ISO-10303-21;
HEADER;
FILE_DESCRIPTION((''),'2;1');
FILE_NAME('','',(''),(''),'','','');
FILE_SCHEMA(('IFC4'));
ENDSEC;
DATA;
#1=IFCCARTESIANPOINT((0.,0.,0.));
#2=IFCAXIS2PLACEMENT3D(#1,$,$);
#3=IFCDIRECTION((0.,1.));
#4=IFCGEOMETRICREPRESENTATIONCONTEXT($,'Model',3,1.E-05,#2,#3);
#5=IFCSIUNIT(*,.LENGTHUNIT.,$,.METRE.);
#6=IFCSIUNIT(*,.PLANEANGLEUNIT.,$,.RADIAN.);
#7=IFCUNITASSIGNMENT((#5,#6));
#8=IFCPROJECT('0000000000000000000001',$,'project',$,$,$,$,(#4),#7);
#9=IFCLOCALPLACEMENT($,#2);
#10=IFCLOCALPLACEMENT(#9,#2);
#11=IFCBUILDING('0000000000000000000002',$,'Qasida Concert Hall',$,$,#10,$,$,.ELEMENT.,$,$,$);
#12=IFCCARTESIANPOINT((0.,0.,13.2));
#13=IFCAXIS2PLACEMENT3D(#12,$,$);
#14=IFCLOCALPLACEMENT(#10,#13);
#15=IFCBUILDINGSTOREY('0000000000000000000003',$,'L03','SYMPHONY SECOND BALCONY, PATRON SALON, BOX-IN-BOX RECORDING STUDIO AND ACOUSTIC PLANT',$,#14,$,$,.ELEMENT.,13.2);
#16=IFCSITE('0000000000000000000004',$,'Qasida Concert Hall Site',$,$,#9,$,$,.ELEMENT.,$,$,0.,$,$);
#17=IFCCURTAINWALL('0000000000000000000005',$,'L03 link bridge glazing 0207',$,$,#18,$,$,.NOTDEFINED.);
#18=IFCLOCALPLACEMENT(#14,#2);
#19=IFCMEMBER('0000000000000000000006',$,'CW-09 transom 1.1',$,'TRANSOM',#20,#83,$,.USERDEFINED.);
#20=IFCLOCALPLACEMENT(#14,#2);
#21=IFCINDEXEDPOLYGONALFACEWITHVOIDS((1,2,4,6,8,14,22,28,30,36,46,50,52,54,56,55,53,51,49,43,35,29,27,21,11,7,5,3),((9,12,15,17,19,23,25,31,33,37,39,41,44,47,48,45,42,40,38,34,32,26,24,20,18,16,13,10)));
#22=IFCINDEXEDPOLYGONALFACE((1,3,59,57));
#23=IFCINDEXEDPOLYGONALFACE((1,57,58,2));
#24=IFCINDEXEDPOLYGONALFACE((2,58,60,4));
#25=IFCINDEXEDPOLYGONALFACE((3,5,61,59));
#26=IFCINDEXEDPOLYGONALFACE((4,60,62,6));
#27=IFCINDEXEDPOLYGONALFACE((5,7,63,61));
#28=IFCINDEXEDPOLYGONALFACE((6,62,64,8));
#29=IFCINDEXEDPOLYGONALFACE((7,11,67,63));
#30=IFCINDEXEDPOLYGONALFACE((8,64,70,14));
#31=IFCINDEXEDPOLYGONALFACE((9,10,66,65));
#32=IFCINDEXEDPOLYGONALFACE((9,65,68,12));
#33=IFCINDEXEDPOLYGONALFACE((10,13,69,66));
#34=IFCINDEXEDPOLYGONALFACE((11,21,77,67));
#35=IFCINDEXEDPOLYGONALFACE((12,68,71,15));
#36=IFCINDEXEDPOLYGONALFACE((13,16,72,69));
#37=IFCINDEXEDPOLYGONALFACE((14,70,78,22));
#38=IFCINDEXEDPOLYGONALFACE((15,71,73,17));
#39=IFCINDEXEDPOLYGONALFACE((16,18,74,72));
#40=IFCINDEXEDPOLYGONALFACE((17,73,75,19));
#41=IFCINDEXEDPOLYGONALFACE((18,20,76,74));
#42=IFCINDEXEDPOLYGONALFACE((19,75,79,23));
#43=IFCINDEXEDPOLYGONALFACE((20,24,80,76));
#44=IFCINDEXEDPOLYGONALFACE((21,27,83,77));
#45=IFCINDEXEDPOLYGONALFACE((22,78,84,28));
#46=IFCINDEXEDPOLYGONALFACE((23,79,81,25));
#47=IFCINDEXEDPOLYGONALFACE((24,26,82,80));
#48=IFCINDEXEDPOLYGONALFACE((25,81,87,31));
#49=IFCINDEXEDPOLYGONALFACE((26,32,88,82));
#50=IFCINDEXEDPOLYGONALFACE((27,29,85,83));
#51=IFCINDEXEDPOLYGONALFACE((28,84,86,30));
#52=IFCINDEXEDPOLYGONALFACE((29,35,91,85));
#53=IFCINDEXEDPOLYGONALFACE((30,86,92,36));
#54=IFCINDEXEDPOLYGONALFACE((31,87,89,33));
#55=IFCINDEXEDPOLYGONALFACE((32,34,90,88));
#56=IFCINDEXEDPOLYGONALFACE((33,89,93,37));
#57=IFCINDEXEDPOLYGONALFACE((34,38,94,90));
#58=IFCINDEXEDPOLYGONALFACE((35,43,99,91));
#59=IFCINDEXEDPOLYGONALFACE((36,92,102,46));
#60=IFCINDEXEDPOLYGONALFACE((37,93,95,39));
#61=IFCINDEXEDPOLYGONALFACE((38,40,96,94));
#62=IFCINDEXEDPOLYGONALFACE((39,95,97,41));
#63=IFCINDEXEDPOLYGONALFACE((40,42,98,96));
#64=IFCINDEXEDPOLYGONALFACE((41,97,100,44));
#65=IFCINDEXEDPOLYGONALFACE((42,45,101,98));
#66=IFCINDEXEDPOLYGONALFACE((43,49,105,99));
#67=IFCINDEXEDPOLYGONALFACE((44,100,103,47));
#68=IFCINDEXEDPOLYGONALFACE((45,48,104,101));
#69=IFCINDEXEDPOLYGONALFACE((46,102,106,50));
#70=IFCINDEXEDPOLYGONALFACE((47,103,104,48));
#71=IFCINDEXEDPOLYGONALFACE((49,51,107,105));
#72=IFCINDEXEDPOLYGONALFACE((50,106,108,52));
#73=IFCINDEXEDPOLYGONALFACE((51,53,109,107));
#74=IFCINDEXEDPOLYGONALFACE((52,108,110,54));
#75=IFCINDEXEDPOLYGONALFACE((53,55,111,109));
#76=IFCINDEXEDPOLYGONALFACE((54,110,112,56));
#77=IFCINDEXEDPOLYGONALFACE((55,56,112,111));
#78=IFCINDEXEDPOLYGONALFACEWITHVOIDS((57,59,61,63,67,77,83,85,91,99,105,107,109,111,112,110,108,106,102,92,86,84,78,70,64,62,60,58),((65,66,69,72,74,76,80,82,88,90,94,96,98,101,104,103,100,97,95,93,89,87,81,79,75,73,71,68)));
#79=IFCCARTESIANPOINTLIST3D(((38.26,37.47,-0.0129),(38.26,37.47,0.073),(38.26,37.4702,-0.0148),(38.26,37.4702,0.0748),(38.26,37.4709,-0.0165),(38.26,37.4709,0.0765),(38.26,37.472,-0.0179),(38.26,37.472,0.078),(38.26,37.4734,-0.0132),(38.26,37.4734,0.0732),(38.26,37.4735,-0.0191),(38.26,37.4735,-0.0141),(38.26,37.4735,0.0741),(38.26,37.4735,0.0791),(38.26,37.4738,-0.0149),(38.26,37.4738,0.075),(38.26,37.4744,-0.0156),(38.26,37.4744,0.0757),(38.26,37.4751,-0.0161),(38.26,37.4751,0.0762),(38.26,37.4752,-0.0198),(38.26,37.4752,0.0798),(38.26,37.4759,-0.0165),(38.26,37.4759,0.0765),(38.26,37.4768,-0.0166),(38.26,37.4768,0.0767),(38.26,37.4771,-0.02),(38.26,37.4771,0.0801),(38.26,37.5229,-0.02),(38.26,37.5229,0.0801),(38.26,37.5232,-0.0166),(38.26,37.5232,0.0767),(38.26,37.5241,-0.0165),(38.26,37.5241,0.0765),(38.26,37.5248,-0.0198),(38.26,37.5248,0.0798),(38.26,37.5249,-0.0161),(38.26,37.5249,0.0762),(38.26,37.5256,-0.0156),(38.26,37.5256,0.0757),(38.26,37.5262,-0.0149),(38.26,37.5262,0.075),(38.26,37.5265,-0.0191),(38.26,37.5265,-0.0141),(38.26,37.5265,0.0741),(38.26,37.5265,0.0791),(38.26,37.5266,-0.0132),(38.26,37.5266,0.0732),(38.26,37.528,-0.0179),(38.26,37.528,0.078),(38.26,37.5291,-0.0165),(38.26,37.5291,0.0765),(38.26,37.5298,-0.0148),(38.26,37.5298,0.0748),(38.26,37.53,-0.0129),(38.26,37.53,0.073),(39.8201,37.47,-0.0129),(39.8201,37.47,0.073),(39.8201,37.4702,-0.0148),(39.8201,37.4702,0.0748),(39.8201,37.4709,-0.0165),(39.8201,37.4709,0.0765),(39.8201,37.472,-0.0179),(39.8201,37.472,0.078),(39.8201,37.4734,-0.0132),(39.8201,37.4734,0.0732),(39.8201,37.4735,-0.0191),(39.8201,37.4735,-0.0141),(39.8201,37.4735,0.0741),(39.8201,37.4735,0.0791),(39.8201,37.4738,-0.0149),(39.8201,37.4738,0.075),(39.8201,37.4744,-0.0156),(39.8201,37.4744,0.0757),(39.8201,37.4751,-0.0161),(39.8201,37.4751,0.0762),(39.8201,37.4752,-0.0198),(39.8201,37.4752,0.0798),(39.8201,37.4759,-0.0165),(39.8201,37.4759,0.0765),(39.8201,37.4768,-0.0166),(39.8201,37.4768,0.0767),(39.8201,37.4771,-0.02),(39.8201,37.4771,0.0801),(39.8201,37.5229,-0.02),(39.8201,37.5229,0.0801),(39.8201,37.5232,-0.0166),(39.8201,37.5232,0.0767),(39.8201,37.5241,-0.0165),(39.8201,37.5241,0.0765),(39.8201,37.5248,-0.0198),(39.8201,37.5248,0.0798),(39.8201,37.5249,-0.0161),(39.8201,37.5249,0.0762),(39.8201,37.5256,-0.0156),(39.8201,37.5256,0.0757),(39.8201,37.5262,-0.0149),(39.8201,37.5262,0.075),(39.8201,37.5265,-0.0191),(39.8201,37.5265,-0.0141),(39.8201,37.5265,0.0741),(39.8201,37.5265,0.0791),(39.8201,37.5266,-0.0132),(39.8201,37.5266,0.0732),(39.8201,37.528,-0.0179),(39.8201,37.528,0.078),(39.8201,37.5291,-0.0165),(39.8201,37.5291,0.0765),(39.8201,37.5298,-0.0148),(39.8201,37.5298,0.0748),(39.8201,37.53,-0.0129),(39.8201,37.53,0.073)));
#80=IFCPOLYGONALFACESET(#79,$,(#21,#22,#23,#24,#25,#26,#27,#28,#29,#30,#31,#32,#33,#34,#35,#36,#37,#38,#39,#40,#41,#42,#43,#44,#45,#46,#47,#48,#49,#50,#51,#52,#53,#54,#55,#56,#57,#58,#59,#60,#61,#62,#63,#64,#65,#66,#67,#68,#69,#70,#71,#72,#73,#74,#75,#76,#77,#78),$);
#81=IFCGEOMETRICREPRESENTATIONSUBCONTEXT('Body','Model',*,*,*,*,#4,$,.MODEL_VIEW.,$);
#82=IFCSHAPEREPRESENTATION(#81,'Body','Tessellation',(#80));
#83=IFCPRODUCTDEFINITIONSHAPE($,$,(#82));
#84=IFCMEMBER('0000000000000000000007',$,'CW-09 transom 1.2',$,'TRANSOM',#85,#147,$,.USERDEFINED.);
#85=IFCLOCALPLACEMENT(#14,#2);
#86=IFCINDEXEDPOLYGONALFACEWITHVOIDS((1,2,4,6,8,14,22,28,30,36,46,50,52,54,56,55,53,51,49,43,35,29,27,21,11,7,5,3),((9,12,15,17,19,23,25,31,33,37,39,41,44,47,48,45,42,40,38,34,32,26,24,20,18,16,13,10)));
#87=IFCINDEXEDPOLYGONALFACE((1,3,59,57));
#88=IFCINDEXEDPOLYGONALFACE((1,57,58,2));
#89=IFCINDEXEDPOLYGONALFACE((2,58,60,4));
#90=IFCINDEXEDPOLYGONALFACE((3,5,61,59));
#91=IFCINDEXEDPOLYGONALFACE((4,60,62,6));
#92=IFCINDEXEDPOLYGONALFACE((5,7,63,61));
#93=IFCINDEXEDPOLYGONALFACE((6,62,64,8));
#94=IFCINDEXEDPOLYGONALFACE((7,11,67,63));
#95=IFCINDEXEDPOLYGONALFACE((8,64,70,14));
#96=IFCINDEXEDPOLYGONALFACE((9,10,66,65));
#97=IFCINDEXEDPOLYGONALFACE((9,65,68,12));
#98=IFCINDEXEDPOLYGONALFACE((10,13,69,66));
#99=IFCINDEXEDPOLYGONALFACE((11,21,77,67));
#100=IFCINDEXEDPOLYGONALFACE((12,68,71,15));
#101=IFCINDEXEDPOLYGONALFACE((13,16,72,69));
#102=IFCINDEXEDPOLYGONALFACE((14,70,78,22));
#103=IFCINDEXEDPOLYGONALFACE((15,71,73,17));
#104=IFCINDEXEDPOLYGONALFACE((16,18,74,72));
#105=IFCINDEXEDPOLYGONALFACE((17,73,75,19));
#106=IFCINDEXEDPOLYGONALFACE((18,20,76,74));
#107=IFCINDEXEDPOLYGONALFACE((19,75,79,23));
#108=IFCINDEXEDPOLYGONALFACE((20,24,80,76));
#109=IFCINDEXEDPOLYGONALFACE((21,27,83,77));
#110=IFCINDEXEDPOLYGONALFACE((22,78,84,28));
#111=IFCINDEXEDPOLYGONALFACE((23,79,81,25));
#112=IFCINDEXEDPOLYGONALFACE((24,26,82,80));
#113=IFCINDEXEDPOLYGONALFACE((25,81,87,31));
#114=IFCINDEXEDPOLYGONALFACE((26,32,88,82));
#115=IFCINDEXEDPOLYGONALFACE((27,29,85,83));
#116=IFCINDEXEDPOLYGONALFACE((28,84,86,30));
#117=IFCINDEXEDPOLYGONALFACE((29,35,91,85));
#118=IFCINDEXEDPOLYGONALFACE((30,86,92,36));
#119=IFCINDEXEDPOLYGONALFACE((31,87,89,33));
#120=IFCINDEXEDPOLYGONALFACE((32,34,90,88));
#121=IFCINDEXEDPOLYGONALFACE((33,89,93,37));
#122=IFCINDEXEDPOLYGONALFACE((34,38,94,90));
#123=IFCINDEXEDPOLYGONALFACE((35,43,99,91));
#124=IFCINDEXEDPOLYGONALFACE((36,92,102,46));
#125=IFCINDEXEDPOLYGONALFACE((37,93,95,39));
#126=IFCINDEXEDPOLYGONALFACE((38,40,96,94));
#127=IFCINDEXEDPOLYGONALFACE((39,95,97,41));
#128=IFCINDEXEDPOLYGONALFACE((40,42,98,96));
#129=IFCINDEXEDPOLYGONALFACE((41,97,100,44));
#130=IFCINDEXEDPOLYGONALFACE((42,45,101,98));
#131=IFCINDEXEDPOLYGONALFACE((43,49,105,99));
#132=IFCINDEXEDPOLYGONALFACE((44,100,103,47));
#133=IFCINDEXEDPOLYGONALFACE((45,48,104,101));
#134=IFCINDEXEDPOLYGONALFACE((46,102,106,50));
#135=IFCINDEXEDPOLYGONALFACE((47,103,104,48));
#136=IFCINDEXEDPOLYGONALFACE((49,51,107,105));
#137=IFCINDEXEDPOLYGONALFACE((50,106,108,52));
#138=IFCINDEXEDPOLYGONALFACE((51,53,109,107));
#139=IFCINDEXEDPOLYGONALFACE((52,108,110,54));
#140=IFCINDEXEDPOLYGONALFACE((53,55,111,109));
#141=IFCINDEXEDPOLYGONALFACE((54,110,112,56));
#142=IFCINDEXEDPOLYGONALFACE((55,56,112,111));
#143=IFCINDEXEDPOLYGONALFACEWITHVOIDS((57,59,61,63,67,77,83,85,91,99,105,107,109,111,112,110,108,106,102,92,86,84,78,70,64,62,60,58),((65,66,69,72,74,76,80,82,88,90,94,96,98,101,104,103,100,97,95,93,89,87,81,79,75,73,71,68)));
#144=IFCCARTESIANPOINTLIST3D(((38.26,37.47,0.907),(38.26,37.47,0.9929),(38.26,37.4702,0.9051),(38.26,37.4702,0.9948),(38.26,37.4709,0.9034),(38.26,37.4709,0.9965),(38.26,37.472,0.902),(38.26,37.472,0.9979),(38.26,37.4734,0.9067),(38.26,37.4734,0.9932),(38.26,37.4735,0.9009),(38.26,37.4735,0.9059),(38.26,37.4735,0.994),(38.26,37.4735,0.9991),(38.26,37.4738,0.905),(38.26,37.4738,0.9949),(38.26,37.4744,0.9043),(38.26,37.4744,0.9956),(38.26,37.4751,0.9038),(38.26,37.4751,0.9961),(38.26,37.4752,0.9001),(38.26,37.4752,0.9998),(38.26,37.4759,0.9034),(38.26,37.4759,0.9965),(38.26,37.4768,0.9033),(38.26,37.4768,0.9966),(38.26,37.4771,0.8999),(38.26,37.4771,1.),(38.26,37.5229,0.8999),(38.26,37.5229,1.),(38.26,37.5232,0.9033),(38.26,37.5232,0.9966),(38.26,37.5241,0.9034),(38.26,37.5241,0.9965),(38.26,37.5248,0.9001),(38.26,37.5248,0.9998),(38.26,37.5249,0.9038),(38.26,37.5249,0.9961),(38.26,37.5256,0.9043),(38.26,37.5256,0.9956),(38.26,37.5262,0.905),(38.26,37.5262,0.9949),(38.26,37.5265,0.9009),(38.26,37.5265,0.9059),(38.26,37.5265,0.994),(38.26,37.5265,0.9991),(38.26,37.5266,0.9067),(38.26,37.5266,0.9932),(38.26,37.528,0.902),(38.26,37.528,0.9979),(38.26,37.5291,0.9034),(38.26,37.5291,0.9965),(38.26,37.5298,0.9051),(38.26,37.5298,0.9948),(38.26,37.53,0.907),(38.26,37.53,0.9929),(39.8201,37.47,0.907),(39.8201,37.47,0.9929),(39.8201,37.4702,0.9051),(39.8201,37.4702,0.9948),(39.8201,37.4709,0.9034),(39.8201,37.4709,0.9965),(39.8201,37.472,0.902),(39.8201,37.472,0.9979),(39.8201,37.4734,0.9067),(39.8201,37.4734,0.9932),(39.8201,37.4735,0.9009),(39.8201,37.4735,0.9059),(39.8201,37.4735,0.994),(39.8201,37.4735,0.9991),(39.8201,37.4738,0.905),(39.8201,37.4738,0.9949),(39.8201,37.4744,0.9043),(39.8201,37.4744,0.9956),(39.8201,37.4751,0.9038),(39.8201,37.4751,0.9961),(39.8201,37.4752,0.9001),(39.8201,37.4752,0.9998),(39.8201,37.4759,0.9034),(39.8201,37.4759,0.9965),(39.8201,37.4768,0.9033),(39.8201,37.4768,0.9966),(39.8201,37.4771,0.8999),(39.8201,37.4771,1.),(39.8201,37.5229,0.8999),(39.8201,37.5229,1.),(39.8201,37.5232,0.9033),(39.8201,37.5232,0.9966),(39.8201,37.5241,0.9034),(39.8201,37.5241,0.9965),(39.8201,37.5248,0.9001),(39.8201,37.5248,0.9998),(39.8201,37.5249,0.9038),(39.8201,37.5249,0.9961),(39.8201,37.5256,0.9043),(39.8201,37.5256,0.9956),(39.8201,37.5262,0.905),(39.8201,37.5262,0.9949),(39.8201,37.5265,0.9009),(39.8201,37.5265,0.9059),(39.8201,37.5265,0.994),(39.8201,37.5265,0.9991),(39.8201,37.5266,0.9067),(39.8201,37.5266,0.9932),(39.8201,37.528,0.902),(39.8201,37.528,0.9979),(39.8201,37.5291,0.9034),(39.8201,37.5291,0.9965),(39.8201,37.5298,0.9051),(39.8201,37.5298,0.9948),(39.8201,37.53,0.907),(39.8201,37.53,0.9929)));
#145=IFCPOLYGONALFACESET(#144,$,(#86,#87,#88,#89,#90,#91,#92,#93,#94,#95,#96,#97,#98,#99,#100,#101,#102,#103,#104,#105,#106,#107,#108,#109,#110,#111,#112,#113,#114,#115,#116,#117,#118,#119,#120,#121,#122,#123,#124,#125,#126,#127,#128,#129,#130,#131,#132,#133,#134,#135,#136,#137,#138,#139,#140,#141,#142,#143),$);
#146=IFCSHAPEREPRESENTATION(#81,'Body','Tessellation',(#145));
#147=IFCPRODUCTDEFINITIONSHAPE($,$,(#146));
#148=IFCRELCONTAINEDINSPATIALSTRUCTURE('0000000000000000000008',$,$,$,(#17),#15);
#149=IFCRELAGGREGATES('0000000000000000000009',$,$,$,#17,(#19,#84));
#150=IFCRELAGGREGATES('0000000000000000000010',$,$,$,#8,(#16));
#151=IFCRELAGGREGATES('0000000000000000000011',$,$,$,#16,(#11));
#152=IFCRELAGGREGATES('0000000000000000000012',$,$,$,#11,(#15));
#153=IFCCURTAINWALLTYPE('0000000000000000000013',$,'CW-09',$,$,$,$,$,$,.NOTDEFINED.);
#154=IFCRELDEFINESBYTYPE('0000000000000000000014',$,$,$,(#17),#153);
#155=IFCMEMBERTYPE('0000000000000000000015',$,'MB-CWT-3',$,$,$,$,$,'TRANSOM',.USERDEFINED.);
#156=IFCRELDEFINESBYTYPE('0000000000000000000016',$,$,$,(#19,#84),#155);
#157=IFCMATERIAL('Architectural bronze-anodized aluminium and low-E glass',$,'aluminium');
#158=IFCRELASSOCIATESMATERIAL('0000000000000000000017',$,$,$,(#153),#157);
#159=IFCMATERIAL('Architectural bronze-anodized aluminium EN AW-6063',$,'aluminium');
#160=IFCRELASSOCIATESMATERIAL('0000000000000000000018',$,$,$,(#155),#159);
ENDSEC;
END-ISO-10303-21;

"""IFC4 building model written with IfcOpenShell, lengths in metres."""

from ifc_helpers import new_model, si_unit, direction, frame, origin, origin_2d, place, context, subcontext, project, spatial, hollow_rectangle, extrude, material, material_profile, profile_set, type_object, element, aggregate, save


model = new_model("IFC4")

# Units and contexts
model_context = context("Model", 3, precision=1e-05, world=origin(), true_north=direction((0.0, 1.0)))
body_context = subcontext(model_context, "Body", "Model", "MODEL_VIEW")
ifc_project = project(units=[si_unit("LENGTHUNIT", "METRE"), si_unit("PLANEANGLEUNIT", "RADIAN")], contexts=[model_context])

# Site, building, storey
site_placement = place(None, origin())
site = spatial("IfcSite", under=ifc_project, at=site_placement, Name="Qasida Concert Hall Site", CompositionType="ELEMENT", RefElevation=0.0)
building_placement = place(site_placement, origin())
building = spatial("IfcBuilding", under=site, at=building_placement, Name="Qasida Concert Hall", CompositionType="ELEMENT")
storey_placement = place(building_placement, frame((0.0, 0.0, 13.2)))
storey = spatial("IfcBuildingStorey", under=building, at=storey_placement, Name="L03", Description="SYMPHONY SECOND BALCONY, PATRON SALON, BOX-IN-BOX RECORDING STUDIO AND ACOUSTIC PLANT", CompositionType="ELEMENT", Elevation=13.2)

# Curtain wall, members
ifc_material_1 = material(Name="Architectural bronze-anodized aluminium and low-E glass", Category="aluminium")
curtain_wall_type = type_object("IfcCurtainWallType", Name="CW-09", PredefinedType="NOTDEFINED", material=ifc_material_1)
curtain_wall_placement = place(storey_placement, origin())
curtain_wall = element("IfcCurtainWall", 1, at=curtain_wall_placement, inside=storey, type_object=curtain_wall_type, Name="L03 link bridge glazing 0207", PredefinedType="NOTDEFINED")
ifc_material_2 = material(Name="Architectural bronze-anodized aluminium EN AW-6063", Category="aluminium")
ifc_material_profile_1 = material_profile(ifc_material_2, hollow_rectangle(XDim=0.0601, YDim=0.1001, WallThickness=0.0034, InnerFilletRadius=0.0034, OuterFilletRadius=0.0071, at=origin_2d()), Name="CWT 100x60x3.5")
ifc_profile_set_1 = profile_set([ifc_material_profile_1], Name="Architectural bronze-anodized aluminium EN AW-6063")
member_type_1 = type_object("IfcMemberType", Name="MB-CWT-3", ElementType="TRANSOM", PredefinedType="USERDEFINED", material=ifc_profile_set_1)
member_1_placement = place(storey_placement, frame((38.26, 37.5, 0.03), z_axis=(1.0, 0.0, 0.0), x_axis=(0.0, 1.0, 0.0)))
member_1 = element("IfcMember", 2, at=member_1_placement, type_object=member_type_1, Name="CW-09 transom 1.1", ObjectType="TRANSOM", PredefinedType="USERDEFINED", context=body_context, shape_type="SweptSolid", body=[
    extrude(hollow_rectangle(XDim=0.0601, YDim=0.1001, WallThickness=0.0034, InnerFilletRadius=0.0034, OuterFilletRadius=0.0071, at=origin_2d()), origin(), (0.0, 0.0, 1.0), 1.5601),
])
member_2_placement = place(storey_placement, frame((38.26, 37.5, 0.95), z_axis=(1.0, 0.0, 0.0), x_axis=(0.0, 1.0, 0.0)))
member_2 = element("IfcMember", 3, at=member_2_placement, type_object=member_type_1, Name="CW-09 transom 1.2", ObjectType="TRANSOM", PredefinedType="USERDEFINED", context=body_context, shape_type="SweptSolid", body=[
    extrude(hollow_rectangle(XDim=0.0601, YDim=0.1001, WallThickness=0.0034, InnerFilletRadius=0.0034, OuterFilletRadius=0.0071, at=origin_2d()), origin(), (0.0, 0.0, 1.0), 1.5601),
])
aggregate(curtain_wall, [member_1, member_2])

save(model, "model.ifc")
